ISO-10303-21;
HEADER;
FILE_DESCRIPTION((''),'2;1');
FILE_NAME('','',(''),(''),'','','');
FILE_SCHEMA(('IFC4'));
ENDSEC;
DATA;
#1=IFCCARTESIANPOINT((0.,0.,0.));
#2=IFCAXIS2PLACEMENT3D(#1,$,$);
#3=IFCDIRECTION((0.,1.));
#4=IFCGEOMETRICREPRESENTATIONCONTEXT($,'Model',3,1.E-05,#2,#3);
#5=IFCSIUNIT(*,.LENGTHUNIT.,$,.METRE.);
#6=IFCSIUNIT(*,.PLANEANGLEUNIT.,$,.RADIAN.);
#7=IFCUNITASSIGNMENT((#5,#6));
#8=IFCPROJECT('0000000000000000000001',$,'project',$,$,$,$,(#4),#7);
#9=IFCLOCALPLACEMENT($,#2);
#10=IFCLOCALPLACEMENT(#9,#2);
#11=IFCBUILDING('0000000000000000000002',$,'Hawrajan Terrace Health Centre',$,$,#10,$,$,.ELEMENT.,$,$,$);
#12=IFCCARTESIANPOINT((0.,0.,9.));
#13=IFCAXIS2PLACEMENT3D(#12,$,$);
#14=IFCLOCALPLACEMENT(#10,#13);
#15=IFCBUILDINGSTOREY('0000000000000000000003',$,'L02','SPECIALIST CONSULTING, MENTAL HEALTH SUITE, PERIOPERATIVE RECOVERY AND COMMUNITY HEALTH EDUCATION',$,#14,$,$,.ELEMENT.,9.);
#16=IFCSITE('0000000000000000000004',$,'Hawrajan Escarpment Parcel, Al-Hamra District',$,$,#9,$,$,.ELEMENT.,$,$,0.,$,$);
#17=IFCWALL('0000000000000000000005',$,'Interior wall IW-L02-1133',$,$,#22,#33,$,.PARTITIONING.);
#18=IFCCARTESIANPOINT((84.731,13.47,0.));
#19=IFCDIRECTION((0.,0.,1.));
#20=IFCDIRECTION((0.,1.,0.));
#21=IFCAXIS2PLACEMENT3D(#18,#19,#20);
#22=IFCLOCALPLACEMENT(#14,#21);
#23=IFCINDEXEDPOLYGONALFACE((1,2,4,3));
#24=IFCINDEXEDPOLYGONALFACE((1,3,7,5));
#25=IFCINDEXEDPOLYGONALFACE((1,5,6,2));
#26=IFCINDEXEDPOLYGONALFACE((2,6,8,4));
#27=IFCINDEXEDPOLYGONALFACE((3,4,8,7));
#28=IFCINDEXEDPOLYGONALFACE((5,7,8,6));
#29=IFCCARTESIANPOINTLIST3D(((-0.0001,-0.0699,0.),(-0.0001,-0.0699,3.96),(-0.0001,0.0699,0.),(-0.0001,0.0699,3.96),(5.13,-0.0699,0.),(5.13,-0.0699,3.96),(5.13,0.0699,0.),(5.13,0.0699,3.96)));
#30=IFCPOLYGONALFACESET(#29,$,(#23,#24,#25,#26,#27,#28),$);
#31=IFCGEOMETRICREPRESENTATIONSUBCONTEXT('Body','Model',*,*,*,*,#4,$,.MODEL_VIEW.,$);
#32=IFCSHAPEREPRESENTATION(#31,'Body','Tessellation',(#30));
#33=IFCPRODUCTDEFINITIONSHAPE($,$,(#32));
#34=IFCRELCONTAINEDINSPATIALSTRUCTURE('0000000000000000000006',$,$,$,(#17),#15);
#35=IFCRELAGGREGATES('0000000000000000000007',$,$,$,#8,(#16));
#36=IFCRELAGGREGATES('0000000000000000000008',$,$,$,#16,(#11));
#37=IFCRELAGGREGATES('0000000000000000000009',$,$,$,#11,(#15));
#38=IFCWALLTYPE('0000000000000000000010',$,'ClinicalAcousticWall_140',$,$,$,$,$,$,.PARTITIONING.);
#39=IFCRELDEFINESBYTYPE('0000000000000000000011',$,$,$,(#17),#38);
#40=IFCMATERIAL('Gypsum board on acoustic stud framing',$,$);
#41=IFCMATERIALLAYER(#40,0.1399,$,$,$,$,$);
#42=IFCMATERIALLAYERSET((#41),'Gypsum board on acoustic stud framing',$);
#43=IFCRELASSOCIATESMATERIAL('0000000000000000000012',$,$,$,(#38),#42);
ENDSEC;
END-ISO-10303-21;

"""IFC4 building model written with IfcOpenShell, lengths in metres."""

from ifc_helpers import new_model, si_unit, direction, frame, frame_2d, origin, place, context, subcontext, project, spatial, rectangle, extrude, material, layer, layer_set, type_object, element, save


model = new_model("IFC4")

# Units and contexts
model_context = context("Model", 3, precision=1e-05, world=origin(), true_north=direction((0.0, 1.0)))
body_context = subcontext(model_context, "Body", "Model", "MODEL_VIEW")
ifc_project = project(units=[si_unit("LENGTHUNIT", "METRE"), si_unit("PLANEANGLEUNIT", "RADIAN")], contexts=[model_context])

# Site, building, storey
site_placement = place(None, origin())
site = spatial("IfcSite", under=ifc_project, at=site_placement, Name="Hawrajan Escarpment Parcel, Al-Hamra District", CompositionType="ELEMENT", RefElevation=0.0)
building_placement = place(site_placement, origin())
building = spatial("IfcBuilding", under=site, at=building_placement, Name="Hawrajan Terrace Health Centre", CompositionType="ELEMENT")
storey_placement = place(building_placement, frame((0.0, 0.0, 9.0)))
storey = spatial("IfcBuildingStorey", under=building, at=storey_placement, Name="L02", Description="SPECIALIST CONSULTING, MENTAL HEALTH SUITE, PERIOPERATIVE RECOVERY AND COMMUNITY HEALTH EDUCATION", CompositionType="ELEMENT", Elevation=9.0)

# Shared definitions
ifc_material_1 = material(Name="Gypsum board on acoustic stud framing")
ifc_layer_1 = layer(ifc_material_1, 0.1399)
ifc_layer_set_1 = layer_set([ifc_layer_1], Name="Gypsum board on acoustic stud framing")
wall_type = type_object("IfcWallType", Name="ClinicalAcousticWall_140", PredefinedType="PARTITIONING", material=ifc_layer_set_1)

# Wall
wall_1_placement = place(storey_placement, frame((84.731, 13.47, 0.0), z_axis=(0.0, 0.0, 1.0), x_axis=(0.0, 1.0, 0.0)))
element("IfcWall", 1, at=wall_1_placement, inside=storey, type_object=wall_type, Name="Interior wall IW-L02-1133", PredefinedType="PARTITIONING", context=body_context, shape_type="SweptSolid", body=[
    extrude(rectangle(XDim=5.1301, YDim=0.1399, at=frame_2d((2.5649, 0.0))), origin(), (0.0, 0.0, 1.0), 3.96),
])

save(model, "model.ifc")
